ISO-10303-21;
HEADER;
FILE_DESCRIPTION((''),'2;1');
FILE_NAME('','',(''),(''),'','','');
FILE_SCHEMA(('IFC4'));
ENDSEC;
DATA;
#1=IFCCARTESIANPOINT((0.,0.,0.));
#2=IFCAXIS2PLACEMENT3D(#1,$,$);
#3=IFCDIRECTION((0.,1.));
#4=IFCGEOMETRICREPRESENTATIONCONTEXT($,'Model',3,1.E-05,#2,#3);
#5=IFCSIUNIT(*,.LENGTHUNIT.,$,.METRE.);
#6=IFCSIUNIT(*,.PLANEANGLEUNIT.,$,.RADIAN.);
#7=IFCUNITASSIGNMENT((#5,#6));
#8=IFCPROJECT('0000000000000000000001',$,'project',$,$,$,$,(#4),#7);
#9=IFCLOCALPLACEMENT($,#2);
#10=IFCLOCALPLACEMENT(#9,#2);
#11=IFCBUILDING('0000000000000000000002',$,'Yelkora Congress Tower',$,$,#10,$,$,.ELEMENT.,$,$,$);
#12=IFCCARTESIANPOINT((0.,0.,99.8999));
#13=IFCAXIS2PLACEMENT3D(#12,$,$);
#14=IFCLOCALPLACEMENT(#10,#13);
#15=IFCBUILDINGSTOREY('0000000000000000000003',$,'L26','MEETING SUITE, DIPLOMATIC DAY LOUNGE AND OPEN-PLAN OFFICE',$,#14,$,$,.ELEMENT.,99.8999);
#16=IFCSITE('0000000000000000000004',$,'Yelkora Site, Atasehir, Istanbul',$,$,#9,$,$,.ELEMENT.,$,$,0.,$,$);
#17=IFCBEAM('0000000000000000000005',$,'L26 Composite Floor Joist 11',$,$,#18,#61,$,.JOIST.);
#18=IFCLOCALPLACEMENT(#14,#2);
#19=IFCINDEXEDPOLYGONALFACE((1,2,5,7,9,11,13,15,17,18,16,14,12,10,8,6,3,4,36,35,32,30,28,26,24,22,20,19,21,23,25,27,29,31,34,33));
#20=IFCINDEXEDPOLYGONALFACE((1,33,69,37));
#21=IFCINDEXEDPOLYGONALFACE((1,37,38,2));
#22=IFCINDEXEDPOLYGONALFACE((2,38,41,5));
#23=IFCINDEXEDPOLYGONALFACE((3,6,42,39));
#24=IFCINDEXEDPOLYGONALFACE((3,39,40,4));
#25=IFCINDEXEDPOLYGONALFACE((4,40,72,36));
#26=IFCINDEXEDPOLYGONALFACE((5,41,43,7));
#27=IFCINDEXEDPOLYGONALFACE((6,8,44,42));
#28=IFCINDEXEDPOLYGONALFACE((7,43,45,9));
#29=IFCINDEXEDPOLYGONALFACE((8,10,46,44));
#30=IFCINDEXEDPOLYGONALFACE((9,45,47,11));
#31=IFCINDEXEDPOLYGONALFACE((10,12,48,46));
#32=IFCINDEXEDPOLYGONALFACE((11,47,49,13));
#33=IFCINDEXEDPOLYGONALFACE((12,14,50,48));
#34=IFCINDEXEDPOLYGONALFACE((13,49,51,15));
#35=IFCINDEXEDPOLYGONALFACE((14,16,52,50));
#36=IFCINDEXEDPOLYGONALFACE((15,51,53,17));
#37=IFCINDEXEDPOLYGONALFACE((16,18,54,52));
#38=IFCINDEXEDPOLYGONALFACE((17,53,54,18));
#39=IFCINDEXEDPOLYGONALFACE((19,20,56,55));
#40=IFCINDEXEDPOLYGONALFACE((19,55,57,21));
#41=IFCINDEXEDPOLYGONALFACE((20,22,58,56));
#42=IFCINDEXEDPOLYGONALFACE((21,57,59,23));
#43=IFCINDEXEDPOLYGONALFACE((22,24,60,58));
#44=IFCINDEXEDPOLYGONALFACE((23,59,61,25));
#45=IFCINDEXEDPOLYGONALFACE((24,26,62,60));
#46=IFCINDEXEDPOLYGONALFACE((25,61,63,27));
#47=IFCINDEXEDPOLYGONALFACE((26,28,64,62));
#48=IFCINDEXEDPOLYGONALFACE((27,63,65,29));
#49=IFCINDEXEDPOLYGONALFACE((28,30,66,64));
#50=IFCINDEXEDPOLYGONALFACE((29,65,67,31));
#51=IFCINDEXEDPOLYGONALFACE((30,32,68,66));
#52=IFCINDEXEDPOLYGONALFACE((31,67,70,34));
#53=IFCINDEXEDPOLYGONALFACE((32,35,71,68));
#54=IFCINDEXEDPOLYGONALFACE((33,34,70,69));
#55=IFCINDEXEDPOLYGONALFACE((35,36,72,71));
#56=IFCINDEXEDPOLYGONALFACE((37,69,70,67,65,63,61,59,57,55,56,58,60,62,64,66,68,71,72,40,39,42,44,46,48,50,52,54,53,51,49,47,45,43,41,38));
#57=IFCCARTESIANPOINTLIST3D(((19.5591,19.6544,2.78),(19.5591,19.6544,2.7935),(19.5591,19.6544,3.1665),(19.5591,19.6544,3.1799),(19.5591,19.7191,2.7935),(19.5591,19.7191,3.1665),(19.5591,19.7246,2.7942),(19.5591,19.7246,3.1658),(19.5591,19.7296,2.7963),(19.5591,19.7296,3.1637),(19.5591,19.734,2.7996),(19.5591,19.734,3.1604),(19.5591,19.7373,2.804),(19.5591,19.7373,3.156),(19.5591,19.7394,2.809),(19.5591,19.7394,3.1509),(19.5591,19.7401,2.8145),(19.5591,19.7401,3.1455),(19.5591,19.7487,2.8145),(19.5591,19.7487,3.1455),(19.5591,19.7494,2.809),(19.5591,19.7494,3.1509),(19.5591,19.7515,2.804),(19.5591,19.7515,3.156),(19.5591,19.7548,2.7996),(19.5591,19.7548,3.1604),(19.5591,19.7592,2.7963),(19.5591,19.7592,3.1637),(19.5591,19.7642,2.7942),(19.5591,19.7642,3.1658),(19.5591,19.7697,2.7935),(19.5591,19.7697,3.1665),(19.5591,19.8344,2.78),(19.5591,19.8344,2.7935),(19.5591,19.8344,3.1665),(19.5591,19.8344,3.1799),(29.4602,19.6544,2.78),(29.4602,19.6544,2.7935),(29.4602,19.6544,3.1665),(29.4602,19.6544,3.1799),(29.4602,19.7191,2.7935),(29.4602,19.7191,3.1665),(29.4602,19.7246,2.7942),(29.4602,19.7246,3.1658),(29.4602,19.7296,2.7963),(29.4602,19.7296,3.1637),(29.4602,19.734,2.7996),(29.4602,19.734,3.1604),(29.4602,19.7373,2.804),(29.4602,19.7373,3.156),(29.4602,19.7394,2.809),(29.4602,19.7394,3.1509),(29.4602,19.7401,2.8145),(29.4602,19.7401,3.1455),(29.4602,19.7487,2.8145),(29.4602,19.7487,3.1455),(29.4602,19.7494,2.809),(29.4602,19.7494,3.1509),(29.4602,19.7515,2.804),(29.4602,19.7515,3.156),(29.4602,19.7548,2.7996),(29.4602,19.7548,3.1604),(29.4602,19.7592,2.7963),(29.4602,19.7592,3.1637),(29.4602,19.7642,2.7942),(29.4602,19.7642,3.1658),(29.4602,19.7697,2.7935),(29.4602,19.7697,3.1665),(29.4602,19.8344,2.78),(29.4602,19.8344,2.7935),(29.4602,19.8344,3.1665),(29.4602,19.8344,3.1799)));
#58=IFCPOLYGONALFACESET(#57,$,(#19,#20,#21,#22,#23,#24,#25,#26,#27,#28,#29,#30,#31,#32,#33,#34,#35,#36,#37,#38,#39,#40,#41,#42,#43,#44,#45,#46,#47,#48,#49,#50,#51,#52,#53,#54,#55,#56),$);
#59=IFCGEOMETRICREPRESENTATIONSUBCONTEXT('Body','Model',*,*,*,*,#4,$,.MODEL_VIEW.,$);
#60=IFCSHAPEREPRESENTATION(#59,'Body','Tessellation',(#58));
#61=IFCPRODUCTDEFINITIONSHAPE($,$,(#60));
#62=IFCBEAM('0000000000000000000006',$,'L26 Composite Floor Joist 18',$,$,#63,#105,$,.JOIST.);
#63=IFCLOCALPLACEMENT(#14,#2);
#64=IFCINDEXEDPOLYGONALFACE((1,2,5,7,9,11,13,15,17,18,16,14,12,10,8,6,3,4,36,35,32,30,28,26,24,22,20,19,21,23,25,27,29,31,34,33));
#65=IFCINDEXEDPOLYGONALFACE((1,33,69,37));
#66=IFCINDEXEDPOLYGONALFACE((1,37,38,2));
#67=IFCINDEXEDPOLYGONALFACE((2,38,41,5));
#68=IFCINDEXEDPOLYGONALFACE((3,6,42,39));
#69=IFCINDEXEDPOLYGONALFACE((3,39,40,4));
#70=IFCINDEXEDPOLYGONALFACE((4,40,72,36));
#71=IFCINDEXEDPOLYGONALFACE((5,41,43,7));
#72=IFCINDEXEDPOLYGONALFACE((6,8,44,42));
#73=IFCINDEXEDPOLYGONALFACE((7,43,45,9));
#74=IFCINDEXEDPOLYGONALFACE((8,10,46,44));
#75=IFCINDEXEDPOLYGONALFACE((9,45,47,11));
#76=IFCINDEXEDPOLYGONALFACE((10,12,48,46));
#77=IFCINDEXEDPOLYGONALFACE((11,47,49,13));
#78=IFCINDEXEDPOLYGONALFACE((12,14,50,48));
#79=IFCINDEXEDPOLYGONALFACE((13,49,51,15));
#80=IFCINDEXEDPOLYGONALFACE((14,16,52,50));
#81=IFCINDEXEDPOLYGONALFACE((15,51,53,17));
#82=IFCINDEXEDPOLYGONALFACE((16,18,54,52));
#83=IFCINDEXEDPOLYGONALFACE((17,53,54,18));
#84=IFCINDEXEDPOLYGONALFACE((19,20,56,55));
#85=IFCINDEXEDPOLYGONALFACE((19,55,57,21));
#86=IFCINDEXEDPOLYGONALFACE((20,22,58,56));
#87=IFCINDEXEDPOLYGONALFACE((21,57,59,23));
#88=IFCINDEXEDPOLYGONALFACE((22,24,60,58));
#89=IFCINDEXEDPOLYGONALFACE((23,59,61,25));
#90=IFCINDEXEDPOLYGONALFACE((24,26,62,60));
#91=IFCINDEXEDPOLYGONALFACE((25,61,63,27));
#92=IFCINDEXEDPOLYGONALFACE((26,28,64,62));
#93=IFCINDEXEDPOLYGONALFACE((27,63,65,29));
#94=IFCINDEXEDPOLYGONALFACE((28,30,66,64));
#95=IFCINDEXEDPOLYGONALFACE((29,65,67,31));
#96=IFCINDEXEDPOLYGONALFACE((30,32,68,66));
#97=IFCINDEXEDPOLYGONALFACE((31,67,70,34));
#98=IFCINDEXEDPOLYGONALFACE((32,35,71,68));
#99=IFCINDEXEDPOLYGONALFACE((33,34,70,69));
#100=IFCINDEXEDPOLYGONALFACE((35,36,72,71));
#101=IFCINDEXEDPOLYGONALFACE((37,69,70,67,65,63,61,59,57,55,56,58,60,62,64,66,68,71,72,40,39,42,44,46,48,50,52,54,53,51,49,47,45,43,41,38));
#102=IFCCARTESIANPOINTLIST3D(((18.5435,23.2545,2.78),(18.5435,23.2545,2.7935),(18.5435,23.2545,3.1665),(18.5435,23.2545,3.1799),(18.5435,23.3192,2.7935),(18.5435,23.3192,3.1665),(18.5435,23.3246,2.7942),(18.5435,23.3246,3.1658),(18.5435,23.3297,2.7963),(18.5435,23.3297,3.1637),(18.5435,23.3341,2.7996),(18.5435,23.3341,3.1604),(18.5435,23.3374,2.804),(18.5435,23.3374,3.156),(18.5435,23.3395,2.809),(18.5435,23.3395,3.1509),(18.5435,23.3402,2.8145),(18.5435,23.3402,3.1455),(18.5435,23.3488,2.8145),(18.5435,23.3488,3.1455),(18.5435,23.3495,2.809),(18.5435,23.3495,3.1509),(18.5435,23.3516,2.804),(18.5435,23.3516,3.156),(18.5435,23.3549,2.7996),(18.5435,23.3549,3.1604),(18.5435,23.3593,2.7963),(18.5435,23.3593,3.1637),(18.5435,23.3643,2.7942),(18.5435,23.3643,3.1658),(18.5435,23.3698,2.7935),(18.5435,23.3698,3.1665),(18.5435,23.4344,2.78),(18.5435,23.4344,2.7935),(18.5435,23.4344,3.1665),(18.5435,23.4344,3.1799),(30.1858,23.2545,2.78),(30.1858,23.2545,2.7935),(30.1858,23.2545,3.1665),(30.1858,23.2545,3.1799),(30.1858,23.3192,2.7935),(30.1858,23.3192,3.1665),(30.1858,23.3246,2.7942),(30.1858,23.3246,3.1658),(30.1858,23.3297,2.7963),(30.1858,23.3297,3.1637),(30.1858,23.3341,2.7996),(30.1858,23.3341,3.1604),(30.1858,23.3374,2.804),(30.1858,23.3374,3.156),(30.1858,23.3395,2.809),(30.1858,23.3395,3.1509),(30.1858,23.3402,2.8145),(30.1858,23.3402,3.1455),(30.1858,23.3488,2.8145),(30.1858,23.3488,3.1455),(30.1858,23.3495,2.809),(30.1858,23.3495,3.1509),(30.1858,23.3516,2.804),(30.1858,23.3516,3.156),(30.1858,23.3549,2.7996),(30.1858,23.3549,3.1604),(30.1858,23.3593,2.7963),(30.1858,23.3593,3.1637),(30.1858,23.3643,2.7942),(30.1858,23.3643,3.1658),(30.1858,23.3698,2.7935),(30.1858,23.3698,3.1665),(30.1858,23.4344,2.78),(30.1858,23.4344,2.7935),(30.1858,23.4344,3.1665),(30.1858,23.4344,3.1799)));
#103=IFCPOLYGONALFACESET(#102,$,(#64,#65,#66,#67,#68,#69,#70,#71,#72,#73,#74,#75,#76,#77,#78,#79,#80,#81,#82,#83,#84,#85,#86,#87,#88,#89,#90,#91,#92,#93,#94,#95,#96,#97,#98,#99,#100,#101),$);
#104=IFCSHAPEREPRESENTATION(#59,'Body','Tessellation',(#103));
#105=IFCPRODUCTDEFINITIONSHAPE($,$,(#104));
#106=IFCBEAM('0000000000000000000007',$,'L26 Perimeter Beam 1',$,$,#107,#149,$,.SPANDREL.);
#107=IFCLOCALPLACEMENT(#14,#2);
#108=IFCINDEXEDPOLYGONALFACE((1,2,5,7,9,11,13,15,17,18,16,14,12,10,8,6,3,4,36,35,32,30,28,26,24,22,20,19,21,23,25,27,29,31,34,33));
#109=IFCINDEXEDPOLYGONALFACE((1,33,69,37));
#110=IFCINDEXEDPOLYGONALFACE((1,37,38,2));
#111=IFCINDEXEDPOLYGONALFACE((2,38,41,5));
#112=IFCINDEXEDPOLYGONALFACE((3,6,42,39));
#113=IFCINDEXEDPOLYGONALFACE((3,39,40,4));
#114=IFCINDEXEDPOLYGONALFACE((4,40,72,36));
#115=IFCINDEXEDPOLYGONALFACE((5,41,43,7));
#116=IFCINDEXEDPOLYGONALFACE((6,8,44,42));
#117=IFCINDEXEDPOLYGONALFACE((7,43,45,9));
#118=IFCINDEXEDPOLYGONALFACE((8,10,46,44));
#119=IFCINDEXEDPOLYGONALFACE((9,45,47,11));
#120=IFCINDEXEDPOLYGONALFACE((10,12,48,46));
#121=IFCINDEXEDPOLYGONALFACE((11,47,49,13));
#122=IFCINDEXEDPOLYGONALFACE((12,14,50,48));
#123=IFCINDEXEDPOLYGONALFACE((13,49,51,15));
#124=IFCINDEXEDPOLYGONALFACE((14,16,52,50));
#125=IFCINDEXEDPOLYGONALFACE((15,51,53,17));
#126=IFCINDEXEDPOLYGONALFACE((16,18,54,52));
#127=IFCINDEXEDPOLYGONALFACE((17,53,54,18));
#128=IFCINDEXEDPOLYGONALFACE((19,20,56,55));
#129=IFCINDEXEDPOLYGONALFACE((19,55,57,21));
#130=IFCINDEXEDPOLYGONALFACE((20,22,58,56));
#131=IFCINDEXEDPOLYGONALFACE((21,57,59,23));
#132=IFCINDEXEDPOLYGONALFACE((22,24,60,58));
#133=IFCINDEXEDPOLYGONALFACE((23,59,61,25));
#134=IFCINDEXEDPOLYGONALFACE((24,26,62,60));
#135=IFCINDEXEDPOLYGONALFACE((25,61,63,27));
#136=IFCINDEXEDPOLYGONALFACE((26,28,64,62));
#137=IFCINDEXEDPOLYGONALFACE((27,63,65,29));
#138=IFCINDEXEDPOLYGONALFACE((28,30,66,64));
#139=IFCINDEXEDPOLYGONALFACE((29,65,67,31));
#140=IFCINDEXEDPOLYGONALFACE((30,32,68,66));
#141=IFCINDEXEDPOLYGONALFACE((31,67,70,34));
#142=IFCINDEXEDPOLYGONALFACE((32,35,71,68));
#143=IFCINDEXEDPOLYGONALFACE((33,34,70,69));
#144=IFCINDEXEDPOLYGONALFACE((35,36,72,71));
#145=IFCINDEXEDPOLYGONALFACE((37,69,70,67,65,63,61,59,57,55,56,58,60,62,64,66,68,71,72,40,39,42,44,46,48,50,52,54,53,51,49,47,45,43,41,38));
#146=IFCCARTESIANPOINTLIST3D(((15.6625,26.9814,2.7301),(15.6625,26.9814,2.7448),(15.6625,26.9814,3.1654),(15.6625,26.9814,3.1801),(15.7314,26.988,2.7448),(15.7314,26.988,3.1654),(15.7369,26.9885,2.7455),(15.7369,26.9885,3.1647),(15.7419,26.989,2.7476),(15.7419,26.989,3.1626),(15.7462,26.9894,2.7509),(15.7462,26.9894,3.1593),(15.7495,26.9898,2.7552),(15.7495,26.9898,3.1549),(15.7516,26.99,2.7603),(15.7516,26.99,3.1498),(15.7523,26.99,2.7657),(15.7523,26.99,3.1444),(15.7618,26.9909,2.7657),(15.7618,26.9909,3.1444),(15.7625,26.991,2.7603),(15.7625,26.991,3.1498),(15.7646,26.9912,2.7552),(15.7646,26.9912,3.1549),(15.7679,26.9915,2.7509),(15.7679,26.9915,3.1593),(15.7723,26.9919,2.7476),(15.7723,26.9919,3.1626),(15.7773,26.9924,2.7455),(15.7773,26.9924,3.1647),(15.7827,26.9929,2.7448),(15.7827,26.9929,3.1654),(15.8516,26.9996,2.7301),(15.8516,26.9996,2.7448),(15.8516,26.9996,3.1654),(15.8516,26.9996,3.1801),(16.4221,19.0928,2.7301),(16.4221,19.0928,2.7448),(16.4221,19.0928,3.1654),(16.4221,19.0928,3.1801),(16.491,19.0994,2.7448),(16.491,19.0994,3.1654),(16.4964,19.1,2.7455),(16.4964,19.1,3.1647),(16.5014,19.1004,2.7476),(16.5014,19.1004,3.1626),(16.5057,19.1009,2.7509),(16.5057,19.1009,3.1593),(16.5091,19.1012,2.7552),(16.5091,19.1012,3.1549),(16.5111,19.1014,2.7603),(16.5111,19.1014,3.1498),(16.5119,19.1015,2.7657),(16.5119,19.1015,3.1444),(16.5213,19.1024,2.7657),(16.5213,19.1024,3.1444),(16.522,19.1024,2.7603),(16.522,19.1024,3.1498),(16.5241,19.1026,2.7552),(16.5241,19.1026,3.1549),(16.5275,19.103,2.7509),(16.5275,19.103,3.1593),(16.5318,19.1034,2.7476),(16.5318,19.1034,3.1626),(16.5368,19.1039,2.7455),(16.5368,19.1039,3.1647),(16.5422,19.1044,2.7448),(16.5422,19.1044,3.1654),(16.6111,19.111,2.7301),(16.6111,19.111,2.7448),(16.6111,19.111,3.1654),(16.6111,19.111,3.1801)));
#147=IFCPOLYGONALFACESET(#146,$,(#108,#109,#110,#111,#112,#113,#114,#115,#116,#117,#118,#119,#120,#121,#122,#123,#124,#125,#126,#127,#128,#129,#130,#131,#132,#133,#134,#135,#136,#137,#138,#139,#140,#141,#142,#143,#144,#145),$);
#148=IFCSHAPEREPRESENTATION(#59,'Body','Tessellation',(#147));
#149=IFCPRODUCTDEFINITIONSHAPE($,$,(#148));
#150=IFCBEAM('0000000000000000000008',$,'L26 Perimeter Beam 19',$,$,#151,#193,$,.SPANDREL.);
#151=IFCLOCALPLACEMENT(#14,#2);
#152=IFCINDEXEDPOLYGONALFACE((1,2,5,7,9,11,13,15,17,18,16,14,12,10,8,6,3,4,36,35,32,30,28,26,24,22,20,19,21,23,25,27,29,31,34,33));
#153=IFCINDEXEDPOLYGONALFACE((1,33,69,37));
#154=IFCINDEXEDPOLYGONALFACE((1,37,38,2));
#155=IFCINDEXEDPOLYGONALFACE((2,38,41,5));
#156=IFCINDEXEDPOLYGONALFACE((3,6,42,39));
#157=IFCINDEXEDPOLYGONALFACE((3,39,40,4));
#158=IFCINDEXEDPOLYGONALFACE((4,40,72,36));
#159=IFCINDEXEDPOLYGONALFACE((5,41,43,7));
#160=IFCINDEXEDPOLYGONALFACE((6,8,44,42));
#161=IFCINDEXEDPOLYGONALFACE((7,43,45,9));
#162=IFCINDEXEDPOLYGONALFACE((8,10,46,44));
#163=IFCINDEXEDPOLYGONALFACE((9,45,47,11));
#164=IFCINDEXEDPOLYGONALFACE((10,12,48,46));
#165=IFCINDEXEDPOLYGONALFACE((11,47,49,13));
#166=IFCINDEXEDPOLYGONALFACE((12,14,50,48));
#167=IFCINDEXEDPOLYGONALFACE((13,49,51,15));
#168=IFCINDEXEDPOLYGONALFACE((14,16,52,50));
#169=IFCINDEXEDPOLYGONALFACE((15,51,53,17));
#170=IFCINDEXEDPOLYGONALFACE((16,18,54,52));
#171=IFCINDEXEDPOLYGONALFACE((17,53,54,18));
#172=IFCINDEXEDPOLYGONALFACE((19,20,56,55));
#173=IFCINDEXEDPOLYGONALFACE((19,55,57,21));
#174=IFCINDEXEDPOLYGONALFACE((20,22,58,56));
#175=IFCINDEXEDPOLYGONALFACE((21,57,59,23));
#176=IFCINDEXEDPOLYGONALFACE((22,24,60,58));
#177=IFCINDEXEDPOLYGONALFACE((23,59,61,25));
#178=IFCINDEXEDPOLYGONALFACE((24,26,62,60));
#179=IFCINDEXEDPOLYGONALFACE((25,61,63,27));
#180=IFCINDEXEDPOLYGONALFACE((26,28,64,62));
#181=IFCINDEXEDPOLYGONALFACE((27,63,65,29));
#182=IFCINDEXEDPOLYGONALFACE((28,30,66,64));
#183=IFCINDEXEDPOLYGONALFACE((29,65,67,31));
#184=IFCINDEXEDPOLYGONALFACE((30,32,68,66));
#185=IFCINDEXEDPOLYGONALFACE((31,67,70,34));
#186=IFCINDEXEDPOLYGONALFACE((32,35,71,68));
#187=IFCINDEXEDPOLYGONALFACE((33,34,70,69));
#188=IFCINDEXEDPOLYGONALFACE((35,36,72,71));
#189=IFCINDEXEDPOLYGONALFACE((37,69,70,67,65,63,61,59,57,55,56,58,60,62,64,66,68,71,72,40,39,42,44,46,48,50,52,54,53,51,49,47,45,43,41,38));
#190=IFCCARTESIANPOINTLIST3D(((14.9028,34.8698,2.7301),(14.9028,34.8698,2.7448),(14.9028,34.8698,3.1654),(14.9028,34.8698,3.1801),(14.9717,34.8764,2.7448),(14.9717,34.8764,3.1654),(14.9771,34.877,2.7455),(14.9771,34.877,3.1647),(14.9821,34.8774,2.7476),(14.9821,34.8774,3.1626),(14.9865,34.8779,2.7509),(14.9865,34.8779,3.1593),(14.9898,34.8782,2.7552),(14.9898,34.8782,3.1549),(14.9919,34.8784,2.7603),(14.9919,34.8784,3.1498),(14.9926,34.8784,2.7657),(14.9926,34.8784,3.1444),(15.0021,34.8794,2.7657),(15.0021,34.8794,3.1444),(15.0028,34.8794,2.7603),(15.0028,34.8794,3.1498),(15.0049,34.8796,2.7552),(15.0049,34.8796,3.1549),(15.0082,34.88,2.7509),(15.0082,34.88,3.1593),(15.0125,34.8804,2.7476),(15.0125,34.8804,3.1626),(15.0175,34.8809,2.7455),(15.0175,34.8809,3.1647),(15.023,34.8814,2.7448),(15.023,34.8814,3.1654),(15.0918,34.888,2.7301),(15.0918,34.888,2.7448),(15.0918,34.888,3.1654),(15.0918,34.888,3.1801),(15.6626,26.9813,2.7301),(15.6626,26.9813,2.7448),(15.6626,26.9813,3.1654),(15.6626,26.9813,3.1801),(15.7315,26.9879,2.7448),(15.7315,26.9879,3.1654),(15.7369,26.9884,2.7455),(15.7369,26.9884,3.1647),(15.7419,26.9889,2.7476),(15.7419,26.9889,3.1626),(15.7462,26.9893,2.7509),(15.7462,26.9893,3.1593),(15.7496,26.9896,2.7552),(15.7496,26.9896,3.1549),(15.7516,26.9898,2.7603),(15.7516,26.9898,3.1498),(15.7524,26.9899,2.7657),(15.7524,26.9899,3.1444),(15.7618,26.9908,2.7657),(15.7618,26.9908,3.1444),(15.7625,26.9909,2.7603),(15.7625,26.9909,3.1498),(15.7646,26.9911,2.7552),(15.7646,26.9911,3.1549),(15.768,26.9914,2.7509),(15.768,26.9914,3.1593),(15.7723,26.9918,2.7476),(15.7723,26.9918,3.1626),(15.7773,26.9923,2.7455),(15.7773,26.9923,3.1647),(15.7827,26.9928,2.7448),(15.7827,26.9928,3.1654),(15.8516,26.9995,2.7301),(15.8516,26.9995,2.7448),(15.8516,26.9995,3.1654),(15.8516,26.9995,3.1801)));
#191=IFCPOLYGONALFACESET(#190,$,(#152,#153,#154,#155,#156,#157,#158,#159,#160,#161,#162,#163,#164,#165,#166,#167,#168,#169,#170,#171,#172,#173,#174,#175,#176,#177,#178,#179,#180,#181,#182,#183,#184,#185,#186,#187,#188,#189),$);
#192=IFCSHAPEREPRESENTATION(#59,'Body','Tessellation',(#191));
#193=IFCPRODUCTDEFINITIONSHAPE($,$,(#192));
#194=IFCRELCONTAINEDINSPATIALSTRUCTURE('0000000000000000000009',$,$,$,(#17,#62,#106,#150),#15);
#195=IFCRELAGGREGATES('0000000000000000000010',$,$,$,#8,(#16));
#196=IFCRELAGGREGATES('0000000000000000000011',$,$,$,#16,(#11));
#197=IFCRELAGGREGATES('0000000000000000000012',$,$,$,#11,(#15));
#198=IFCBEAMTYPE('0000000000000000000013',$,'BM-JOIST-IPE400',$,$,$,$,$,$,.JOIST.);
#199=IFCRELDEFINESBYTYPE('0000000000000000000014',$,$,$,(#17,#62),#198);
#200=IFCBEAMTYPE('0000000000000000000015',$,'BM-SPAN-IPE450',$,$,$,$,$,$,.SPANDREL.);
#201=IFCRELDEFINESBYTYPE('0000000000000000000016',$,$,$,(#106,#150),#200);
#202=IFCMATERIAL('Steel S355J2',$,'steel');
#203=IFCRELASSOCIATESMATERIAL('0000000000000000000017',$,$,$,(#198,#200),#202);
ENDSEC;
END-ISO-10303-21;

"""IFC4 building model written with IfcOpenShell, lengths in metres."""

from ifc_helpers import new_model, si_unit, direction, frame, origin, origin_2d, place, context, subcontext, project, spatial, i_section, extrude, material, material_profile, profile_set, type_object, element, save


model = new_model("IFC4")

# Units and contexts
model_context = context("Model", 3, precision=1e-05, world=origin(), true_north=direction((0.0, 1.0)))
body_context = subcontext(model_context, "Body", "Model", "MODEL_VIEW")
ifc_project = project(units=[si_unit("LENGTHUNIT", "METRE"), si_unit("PLANEANGLEUNIT", "RADIAN")], contexts=[model_context])

# Site, building, storey
site_placement = place(None, origin())
site = spatial("IfcSite", under=ifc_project, at=site_placement, Name="Yelkora Site, Atasehir, Istanbul", CompositionType="ELEMENT", RefElevation=0.0)
building_placement = place(site_placement, origin())
building = spatial("IfcBuilding", under=site, at=building_placement, Name="Yelkora Congress Tower", CompositionType="ELEMENT")
storey_placement = place(building_placement, frame((0.0, 0.0, 99.8999)))
storey = spatial("IfcBuildingStorey", under=building, at=storey_placement, Name="L26", Description="MEETING SUITE, DIPLOMATIC DAY LOUNGE AND OPEN-PLAN OFFICE", CompositionType="ELEMENT", Elevation=99.8999)

# Beams
ifc_material_1 = material(Name="Steel S355J2", Category="steel")
ifc_material_profile_1 = material_profile(ifc_material_1, i_section(OverallWidth=0.1799, OverallDepth=0.3999, WebThickness=0.0085, FlangeThickness=0.0134, FilletRadius=0.021, at=origin_2d()), Name="IPE 400")
ifc_profile_set_1 = profile_set([ifc_material_profile_1], Name="Steel S355J2")
beam_type_1 = type_object("IfcBeamType", Name="BM-JOIST-IPE400", PredefinedType="JOIST", material=ifc_profile_set_1)
beam_1_placement = place(storey_placement, frame((19.5591, 19.7444, 2.98), z_axis=(1.0, 0.0, 0.0), x_axis=(0.0, 1.0, 0.0)))
element("IfcBeam", 1, at=beam_1_placement, inside=storey, type_object=beam_type_1, Name="L26 Composite Floor Joist 11", PredefinedType="JOIST", context=body_context, shape_type="SweptSolid", body=[
    extrude(i_section(OverallWidth=0.1799, OverallDepth=0.3999, WebThickness=0.0085, FlangeThickness=0.0134, FilletRadius=0.021, at=origin_2d()), origin(), (0.0, 0.0, 1.0), 9.9011),
])
beam_2_placement = place(storey_placement, frame((18.5435, 23.3445, 2.98), z_axis=(1.0, 0.0, 0.0), x_axis=(0.0, 1.0, 0.0)))
element("IfcBeam", 2, at=beam_2_placement, inside=storey, type_object=beam_type_1, Name="L26 Composite Floor Joist 18", PredefinedType="JOIST", context=body_context, shape_type="SweptSolid", body=[
    extrude(i_section(OverallWidth=0.1799, OverallDepth=0.3999, WebThickness=0.0085, FlangeThickness=0.0134, FilletRadius=0.021, at=origin_2d()), origin(), (0.0, 0.0, 1.0), 11.6423),
])
ifc_material_profile_2 = material_profile(ifc_material_1, i_section(OverallWidth=0.1899, OverallDepth=0.45, WebThickness=0.0095, FlangeThickness=0.0146, FilletRadius=0.021, at=origin_2d()), Name="IPE 450")
ifc_profile_set_2 = profile_set([ifc_material_profile_2], Name="Steel S355J2")
beam_type_2 = type_object("IfcBeamType", Name="BM-SPAN-IPE450", PredefinedType="SPANDREL", material=ifc_profile_set_2)
for number, where, z_axis, x_axis, name in (
    (3, (15.7571, 26.9905, 2.9551), (0.095837, -0.995397, 0.0), (0.995397, 0.095837, 0.0), "L26 Perimeter Beam 1"),
    (4, (14.9973, 34.8789, 2.9551), (0.09587, -0.995394, 0.0), (0.995394, 0.09587, 0.0), "L26 Perimeter Beam 19"),
):
    element("IfcBeam", number, at=place(storey_placement, frame(where, z_axis=z_axis, x_axis=x_axis)), inside=storey, type_object=beam_type_2, Name=name, PredefinedType="SPANDREL", context=body_context, shape_type="SweptSolid", body=[
        extrude(i_section(OverallWidth=0.1899, OverallDepth=0.45, WebThickness=0.0095, FlangeThickness=0.0146, FilletRadius=0.021, at=origin_2d()), origin(), (0.0, 0.0, 1.0), 7.925),
    ])

save(model, "model.ifc")
